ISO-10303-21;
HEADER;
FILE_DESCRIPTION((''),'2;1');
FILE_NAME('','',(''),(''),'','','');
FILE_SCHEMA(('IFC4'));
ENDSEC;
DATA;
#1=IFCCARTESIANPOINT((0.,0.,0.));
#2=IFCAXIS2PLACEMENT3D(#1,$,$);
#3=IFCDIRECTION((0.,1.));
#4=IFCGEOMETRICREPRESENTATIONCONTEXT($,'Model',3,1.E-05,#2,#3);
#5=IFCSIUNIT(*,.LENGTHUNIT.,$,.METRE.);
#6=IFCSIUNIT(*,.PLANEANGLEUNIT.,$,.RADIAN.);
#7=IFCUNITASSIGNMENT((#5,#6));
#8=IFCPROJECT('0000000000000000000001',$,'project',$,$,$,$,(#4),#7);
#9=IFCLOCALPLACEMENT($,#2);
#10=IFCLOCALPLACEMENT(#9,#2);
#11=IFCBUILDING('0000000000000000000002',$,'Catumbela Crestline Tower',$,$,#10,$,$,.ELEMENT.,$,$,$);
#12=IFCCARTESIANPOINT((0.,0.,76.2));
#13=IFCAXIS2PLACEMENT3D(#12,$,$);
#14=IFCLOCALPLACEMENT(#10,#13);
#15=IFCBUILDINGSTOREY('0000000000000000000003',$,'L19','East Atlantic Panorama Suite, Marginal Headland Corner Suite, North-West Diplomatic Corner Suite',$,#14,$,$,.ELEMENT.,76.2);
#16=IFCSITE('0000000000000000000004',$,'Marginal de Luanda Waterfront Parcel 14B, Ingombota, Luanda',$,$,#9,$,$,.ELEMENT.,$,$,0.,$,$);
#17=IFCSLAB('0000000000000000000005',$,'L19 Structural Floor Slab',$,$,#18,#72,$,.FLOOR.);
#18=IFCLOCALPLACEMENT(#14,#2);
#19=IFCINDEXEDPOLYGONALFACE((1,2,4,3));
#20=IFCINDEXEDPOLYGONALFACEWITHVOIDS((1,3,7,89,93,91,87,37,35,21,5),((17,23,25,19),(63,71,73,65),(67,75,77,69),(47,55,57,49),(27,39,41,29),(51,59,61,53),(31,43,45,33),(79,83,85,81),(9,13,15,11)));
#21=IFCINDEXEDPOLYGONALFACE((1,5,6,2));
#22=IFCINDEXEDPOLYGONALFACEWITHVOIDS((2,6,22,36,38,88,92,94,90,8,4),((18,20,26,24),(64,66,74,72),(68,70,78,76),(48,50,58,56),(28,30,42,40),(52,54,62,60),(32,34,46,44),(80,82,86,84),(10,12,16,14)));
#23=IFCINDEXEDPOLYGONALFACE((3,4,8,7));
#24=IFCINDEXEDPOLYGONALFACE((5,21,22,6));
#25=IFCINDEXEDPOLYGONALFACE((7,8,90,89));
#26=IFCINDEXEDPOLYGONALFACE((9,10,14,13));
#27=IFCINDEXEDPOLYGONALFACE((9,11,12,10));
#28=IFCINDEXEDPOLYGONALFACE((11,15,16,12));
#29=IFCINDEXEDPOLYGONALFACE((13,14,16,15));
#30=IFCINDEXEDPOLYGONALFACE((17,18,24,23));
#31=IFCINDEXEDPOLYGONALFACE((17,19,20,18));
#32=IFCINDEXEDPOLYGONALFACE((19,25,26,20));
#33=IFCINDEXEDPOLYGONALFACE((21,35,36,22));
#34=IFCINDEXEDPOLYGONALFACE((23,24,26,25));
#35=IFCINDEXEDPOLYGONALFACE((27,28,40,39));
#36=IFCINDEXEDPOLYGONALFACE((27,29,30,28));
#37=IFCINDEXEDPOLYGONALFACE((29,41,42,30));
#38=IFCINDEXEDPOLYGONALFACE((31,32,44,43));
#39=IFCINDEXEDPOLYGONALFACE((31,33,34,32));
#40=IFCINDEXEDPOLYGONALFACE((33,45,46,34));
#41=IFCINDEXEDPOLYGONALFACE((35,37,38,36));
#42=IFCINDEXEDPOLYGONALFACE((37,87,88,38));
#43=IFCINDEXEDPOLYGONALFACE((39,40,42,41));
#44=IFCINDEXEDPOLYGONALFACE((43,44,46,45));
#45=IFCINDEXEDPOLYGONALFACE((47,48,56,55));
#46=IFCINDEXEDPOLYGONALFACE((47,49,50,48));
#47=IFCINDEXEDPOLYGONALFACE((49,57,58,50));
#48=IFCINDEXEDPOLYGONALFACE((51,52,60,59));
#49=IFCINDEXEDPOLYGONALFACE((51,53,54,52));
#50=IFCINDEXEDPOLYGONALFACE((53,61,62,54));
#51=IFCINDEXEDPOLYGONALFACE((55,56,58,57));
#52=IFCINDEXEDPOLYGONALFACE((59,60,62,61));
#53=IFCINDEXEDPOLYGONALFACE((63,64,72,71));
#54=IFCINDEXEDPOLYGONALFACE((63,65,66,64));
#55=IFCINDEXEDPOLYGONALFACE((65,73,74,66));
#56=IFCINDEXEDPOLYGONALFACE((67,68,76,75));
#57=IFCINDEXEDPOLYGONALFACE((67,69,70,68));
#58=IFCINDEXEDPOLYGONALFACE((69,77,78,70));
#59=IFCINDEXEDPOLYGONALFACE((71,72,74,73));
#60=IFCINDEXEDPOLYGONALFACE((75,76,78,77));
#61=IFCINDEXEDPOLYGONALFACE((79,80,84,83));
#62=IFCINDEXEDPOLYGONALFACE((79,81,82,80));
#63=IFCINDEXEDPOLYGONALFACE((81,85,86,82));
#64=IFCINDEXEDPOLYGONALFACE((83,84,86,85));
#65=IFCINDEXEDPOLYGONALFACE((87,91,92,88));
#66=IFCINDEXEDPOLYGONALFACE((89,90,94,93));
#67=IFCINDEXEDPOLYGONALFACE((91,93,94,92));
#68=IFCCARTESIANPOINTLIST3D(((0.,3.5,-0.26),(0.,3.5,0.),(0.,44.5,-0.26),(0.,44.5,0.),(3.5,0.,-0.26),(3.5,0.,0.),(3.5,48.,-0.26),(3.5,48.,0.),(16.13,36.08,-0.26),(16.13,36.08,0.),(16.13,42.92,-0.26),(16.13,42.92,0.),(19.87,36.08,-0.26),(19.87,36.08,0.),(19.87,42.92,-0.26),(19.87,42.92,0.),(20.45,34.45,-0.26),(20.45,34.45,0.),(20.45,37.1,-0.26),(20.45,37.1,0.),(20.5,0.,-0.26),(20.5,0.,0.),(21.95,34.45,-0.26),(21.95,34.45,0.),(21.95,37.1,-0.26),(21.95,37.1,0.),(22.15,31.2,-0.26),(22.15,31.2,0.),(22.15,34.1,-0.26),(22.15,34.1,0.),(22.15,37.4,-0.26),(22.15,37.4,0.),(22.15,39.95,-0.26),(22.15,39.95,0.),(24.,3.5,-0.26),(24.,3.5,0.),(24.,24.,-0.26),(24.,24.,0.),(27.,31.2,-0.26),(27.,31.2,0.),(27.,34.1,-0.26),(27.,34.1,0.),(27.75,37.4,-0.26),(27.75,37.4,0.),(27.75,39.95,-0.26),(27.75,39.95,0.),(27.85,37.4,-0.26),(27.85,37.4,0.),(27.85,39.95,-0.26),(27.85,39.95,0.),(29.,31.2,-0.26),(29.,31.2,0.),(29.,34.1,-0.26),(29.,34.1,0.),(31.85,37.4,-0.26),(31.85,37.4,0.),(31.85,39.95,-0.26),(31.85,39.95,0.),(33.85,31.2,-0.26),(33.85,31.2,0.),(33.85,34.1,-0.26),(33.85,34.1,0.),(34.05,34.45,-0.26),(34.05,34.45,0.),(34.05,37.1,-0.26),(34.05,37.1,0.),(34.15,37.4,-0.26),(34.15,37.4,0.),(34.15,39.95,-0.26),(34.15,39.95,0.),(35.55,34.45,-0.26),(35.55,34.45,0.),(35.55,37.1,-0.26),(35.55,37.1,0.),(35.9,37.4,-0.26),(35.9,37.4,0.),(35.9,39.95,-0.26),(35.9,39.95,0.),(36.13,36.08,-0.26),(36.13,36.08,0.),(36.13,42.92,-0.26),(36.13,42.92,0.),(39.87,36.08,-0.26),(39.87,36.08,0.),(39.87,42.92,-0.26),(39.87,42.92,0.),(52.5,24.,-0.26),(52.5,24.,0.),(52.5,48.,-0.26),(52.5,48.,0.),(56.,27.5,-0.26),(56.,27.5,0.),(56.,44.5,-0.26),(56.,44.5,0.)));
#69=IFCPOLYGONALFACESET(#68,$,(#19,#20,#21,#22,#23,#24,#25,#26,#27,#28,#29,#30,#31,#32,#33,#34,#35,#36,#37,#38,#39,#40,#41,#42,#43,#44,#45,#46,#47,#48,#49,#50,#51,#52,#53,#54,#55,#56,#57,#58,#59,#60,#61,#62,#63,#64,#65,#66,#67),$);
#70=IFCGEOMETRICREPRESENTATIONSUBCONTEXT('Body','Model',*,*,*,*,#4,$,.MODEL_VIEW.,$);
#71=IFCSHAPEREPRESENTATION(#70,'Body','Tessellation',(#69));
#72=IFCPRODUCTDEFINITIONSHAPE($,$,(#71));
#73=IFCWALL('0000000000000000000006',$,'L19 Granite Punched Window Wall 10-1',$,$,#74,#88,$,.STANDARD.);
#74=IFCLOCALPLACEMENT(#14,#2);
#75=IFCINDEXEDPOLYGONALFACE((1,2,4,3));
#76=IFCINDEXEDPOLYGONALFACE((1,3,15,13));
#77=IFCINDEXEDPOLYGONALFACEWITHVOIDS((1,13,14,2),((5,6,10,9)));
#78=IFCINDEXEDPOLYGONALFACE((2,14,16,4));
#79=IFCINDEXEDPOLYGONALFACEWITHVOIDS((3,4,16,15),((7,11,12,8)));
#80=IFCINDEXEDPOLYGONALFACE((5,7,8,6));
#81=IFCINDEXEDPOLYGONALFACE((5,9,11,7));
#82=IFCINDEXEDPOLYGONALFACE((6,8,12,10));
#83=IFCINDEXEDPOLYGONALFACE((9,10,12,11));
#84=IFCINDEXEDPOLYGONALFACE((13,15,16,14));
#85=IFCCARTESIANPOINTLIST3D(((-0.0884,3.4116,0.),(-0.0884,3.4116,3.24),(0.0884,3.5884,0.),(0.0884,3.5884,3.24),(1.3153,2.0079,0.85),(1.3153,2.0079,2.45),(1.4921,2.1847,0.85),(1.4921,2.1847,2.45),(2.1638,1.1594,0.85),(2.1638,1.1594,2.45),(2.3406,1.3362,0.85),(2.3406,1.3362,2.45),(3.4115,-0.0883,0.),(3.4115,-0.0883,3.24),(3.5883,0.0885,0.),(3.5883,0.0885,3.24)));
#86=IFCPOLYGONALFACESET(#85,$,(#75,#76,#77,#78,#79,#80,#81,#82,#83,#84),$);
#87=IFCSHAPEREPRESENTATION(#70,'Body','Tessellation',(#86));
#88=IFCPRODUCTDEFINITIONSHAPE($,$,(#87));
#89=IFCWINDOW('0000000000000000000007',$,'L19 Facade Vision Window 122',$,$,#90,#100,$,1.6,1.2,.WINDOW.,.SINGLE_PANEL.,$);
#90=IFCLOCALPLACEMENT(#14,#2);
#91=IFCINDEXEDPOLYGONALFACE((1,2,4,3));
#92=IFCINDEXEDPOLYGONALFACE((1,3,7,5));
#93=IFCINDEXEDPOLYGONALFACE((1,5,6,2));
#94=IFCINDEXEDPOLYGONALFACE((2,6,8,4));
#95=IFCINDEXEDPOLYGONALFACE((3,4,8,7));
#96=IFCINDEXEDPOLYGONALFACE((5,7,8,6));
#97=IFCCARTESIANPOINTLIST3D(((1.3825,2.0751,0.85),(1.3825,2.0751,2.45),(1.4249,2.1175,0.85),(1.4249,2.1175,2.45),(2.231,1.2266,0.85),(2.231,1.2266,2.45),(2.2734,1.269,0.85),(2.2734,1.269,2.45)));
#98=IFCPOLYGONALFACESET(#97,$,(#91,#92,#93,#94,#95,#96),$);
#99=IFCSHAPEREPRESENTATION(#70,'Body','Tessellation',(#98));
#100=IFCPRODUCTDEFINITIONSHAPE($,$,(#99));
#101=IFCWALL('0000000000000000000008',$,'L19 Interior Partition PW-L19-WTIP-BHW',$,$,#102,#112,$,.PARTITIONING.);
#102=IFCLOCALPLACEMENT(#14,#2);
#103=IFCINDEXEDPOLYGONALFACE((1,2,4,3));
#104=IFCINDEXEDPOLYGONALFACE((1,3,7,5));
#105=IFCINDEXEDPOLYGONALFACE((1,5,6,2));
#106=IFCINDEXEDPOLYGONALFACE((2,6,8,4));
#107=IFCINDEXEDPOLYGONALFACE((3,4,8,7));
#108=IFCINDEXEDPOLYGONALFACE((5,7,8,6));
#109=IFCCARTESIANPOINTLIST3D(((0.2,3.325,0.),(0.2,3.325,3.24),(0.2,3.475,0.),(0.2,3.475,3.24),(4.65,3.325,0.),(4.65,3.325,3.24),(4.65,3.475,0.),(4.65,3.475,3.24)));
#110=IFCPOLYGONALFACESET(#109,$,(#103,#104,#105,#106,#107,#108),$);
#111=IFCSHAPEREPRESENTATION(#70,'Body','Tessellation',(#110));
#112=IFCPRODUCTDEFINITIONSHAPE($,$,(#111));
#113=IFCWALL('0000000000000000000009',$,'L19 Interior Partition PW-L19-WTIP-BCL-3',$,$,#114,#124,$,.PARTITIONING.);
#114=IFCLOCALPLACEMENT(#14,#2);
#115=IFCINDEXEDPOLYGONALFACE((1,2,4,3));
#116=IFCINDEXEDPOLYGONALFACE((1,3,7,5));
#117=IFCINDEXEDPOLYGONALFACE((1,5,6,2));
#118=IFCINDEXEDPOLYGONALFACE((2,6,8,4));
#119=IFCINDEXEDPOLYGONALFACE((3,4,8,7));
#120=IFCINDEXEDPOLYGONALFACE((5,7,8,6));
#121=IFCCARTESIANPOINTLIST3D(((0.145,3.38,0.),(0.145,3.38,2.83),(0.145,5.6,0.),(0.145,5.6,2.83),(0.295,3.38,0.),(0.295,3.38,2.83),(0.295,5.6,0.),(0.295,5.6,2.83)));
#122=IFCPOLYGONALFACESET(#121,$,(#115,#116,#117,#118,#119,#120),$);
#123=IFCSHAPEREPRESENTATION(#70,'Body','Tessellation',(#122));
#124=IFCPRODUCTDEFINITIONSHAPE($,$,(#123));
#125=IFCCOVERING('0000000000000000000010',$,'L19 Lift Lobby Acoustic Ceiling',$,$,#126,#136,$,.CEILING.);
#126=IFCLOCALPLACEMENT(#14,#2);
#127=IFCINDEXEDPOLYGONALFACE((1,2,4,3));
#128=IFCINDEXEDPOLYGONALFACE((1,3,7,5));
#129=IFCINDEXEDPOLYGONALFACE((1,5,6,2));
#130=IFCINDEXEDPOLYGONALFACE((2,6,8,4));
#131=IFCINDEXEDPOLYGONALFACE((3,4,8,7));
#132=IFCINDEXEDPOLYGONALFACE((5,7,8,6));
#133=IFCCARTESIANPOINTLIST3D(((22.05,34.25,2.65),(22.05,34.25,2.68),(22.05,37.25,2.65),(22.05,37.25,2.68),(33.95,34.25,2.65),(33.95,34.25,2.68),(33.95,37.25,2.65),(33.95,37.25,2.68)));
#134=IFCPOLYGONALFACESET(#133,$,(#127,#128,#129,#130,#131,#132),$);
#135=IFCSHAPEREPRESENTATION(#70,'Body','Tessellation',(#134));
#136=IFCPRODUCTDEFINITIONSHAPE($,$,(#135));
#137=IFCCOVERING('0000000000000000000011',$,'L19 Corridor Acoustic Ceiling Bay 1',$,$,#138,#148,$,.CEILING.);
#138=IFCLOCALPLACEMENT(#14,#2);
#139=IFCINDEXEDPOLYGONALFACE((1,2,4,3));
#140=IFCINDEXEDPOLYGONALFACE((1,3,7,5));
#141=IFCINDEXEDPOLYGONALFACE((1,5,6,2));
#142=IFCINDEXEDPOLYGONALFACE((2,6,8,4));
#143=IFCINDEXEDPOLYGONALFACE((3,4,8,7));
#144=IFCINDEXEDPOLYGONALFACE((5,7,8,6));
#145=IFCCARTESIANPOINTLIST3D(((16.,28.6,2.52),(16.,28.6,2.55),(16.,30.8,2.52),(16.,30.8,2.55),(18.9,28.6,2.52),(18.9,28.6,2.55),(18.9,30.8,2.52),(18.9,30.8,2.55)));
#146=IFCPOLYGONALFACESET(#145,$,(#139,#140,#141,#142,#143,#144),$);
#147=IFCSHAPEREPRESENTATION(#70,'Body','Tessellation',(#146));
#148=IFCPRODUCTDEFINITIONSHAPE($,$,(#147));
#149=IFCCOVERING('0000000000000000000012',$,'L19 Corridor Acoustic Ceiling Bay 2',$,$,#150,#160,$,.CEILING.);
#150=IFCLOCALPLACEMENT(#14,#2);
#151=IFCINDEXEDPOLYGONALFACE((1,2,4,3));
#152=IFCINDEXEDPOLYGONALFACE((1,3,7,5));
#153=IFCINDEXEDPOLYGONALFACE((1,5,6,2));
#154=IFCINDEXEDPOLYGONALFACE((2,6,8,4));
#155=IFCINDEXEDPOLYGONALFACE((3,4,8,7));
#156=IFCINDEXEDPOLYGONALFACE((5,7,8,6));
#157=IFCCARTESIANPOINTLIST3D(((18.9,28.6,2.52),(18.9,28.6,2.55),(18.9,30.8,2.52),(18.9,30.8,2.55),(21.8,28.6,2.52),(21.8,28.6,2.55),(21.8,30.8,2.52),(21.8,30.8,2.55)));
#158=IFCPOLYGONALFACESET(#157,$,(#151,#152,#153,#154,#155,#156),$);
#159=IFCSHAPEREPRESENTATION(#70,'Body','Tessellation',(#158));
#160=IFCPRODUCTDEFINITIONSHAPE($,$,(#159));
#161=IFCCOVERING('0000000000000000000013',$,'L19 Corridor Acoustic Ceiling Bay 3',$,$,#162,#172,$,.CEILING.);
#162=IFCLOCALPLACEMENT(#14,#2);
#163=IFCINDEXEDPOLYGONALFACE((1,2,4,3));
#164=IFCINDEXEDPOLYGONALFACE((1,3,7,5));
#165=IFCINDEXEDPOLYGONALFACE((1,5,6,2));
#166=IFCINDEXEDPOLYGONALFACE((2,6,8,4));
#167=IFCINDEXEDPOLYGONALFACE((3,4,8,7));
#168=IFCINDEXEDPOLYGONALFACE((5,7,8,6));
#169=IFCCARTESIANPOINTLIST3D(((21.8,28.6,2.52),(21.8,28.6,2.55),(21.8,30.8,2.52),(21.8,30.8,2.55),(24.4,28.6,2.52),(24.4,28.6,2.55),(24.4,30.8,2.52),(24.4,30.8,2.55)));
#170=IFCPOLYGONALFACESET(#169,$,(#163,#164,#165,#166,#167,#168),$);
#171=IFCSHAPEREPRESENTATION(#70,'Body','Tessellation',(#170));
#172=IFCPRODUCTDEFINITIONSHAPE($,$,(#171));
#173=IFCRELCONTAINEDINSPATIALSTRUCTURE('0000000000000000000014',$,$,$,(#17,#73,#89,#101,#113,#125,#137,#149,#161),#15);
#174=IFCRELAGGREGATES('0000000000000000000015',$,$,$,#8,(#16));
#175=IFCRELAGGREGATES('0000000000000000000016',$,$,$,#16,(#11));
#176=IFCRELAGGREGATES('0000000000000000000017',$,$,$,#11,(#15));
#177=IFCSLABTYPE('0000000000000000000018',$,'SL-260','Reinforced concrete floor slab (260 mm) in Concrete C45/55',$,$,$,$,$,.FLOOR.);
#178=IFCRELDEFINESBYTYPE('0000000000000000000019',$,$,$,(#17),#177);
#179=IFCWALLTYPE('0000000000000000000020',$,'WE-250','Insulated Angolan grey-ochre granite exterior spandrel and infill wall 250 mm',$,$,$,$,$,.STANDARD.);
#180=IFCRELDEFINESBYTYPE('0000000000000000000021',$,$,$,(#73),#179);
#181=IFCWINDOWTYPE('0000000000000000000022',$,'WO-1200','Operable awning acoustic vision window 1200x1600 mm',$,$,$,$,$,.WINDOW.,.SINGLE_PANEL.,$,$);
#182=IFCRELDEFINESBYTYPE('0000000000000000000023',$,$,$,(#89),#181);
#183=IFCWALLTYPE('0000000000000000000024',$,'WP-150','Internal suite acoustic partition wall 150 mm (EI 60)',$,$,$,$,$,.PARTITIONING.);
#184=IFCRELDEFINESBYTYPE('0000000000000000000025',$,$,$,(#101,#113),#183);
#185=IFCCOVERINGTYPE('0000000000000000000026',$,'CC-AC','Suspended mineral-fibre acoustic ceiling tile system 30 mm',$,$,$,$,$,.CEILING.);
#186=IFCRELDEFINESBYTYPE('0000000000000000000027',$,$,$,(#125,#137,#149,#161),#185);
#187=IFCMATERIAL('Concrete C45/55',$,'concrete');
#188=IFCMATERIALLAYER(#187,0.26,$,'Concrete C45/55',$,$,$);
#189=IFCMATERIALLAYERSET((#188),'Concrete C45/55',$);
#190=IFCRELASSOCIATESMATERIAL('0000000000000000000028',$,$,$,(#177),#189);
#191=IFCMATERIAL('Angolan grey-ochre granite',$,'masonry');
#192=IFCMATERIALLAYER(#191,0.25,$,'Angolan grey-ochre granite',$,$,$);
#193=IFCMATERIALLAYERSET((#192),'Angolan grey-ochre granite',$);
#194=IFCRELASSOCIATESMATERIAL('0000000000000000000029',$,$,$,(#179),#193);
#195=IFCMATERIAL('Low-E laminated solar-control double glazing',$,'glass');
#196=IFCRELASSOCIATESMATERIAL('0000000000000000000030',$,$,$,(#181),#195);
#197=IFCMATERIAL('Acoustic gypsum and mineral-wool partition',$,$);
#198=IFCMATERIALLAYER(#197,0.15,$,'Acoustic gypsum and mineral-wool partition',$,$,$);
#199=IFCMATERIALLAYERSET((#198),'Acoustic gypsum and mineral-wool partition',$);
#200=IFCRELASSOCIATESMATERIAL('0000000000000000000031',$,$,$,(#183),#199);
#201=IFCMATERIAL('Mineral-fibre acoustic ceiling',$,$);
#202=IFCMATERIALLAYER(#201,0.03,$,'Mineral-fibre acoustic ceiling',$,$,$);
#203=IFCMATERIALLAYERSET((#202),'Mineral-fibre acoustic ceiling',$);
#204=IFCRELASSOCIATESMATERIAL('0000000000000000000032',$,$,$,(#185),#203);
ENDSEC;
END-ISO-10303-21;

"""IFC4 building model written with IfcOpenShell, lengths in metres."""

from ifc_helpers import new_model, si_unit, direction, frame, frame_2d, origin, place, context, subcontext, project, spatial, polyline, rectangle, outline, extrude, material, layer, layer_set, type_object, element, fill, save


model = new_model("IFC4")

# Units and contexts
model_context = context("Model", 3, precision=1e-05, world=origin(), true_north=direction((0.0, 1.0)))
body_context = subcontext(model_context, "Body", "Model", "MODEL_VIEW")
ifc_project = project(units=[si_unit("LENGTHUNIT", "METRE"), si_unit("PLANEANGLEUNIT", "RADIAN")], contexts=[model_context])

# Site, building, storey
site_placement = place(None, origin())
site = spatial("IfcSite", under=ifc_project, at=site_placement, Name="Marginal de Luanda Waterfront Parcel 14B, Ingombota, Luanda", CompositionType="ELEMENT", RefElevation=0.0)
building_placement = place(site_placement, origin())
building = spatial("IfcBuilding", under=site, at=building_placement, Name="Catumbela Crestline Tower", CompositionType="ELEMENT")
storey_placement = place(building_placement, frame((0.0, 0.0, 76.2)))
storey = spatial("IfcBuildingStorey", under=building, at=storey_placement, Name="L19", Description="East Atlantic Panorama Suite, Marginal Headland Corner Suite, North-West Diplomatic Corner Suite", CompositionType="ELEMENT", Elevation=76.2)

# Shared definitions
ifc_material_1 = material(Name="Concrete C45/55", Category="concrete")

# Slab
ifc_layer_1 = layer(ifc_material_1, 0.26, Name="Concrete C45/55")
ifc_layer_set_1 = layer_set([ifc_layer_1], Name="Concrete C45/55")
slab_type_1 = type_object("IfcSlabType", Name="SL-260", Description="Reinforced concrete floor slab (260 mm) in Concrete C45/55", PredefinedType="FLOOR", material=ifc_layer_set_1)
slab_1_placement = place(storey_placement, frame((0.0, 0.0, -0.26)))
element("IfcSlab", 1, at=slab_1_placement, inside=storey, type_object=slab_type_1, Name="L19 Structural Floor Slab", PredefinedType="FLOOR", context=body_context, shape_type="SweptSolid", body=[
    extrude(outline(polyline([(3.5, 0.0), (20.5, 0.0), (24.0, 3.5), (24.0, 24.0), (52.5, 24.0), (56.0, 27.5), (56.0, 44.5), (52.5, 48.0), (3.5, 48.0), (0.0, 44.5), (0.0, 3.5), (3.5, 0.0)]), holes=[polyline([(16.13, 36.08), (19.87, 36.08), (19.87, 42.92), (16.13, 42.92), (16.13, 36.08)]), polyline([(36.13, 36.08), (39.87, 36.08), (39.87, 42.92), (36.13, 42.92), (36.13, 36.08)]), polyline([(22.15, 31.2), (27.0, 31.2), (27.0, 34.1), (22.15, 34.1), (22.15, 31.2)]), polyline([(29.0, 31.2), (33.85, 31.2), (33.85, 34.1), (29.0, 34.1), (29.0, 31.2)]), polyline([(22.15, 37.4), (27.75, 37.4), (27.75, 39.95), (22.15, 39.95), (22.15, 37.4)]), polyline([(27.85, 37.4), (31.85, 37.4), (31.85, 39.95), (27.85, 39.95), (27.85, 37.4)]), polyline([(20.45, 34.45), (21.95, 34.45), (21.95, 37.1), (20.45, 37.1), (20.45, 34.45)]), polyline([(34.05, 34.45), (35.55, 34.45), (35.55, 37.1), (34.05, 37.1), (34.05, 34.45)]), polyline([(34.15, 37.4), (35.9, 37.4), (35.9, 39.95), (34.15, 39.95), (34.15, 37.4)])]), origin(), (0.0, 0.0, 1.0), 0.26),
])

# Wall, opening, window
ifc_material_2 = material(Name="Angolan grey-ochre granite", Category="masonry")
ifc_layer_2 = layer(ifc_material_2, 0.25, Name="Angolan grey-ochre granite")
ifc_layer_set_2 = layer_set([ifc_layer_2], Name="Angolan grey-ochre granite")
wall_type_1 = type_object("IfcWallType", Name="WE-250", Description="Insulated Angolan grey-ochre granite exterior spandrel and infill wall 250 mm", PredefinedType="STANDARD", material=ifc_layer_set_2)
wall_1_placement = place(storey_placement, frame((0.0, 3.5, 0.0), z_axis=(0.0, 0.0, 1.0), x_axis=(0.707107, -0.707107, 0.0)))
wall_1 = element("IfcWall", 2, at=wall_1_placement, inside=storey, type_object=wall_type_1, Name="L19 Granite Punched Window Wall 10-1", PredefinedType="STANDARD", context=body_context, shape_type="SweptSolid", body=[
    extrude(rectangle(XDim=4.9497, YDim=0.25, at=frame_2d((2.4748, 0.0))), origin(), (0.0, 0.0, 1.0), 3.24),
])
opening_placement = place(wall_1_placement, frame((1.9851, 0.0, 0.85)))
opening = element("IfcOpeningElement", 3, at=opening_placement, cuts=wall_1, PredefinedType="OPENING", context=body_context, shape_type="SweptSolid", body=[
    extrude(rectangle(XDim=1.2, YDim=1.6, at=frame_2d((0.6, 0.8))), frame((0.0, 0.135, 0.0), z_axis=(0.0, -1.0, 0.0), x_axis=(1.0, 0.0, 0.0)), (0.0, 0.0, 1.0), 0.27),
])
ifc_material_3 = material(Name="Low-E laminated solar-control double glazing", Category="glass")
window_type = type_object("IfcWindowType", Name="WO-1200", Description="Operable awning acoustic vision window 1200x1600 mm", PartitioningType="SINGLE_PANEL", PredefinedType="WINDOW", material=ifc_material_3)
window_placement = place(opening_placement, origin())
window = element("IfcWindow", 4, at=window_placement, inside=storey, type_object=window_type, Name="L19 Facade Vision Window 122", OverallHeight=1.6, OverallWidth=1.2, PartitioningType="SINGLE_PANEL", PredefinedType="WINDOW", context=body_context, shape_type="SweptSolid", body=[
    extrude(rectangle(XDim=1.2, YDim=1.6, at=frame_2d((0.6, 0.8))), frame((0.0, 0.03, 0.0), z_axis=(0.0, -1.0, 0.0), x_axis=(1.0, 0.0, 0.0)), (0.0, 0.0, 1.0), 0.06),
])
fill(opening, window)

# Walls
ifc_material_4 = material(Name="Acoustic gypsum and mineral-wool partition")
ifc_layer_3 = layer(ifc_material_4, 0.15, Name="Acoustic gypsum and mineral-wool partition")
ifc_layer_set_3 = layer_set([ifc_layer_3], Name="Acoustic gypsum and mineral-wool partition")
wall_type_2 = type_object("IfcWallType", Name="WP-150", Description="Internal suite acoustic partition wall 150 mm (EI 60)", PredefinedType="PARTITIONING", material=ifc_layer_set_3)
wall_2_placement = place(storey_placement, frame((0.2, 3.4, 0.0), z_axis=(0.0, 0.0, 1.0), x_axis=(1.0, 0.0, 0.0)))
element("IfcWall", 5, at=wall_2_placement, inside=storey, type_object=wall_type_2, Name="L19 Interior Partition PW-L19-WTIP-BHW", PredefinedType="PARTITIONING", context=body_context, shape_type="SweptSolid", body=[
    extrude(rectangle(XDim=4.45, YDim=0.15, at=frame_2d((2.225, 0.0))), origin(), (0.0, 0.0, 1.0), 3.24),
])
wall_3_placement = place(storey_placement, frame((0.22, 3.38, 0.0), z_axis=(0.0, 0.0, 1.0), x_axis=(0.0, 1.0, 0.0)))
element("IfcWall", 6, at=wall_3_placement, inside=storey, type_object=wall_type_2, Name="L19 Interior Partition PW-L19-WTIP-BCL-3", PredefinedType="PARTITIONING", context=body_context, shape_type="SweptSolid", body=[
    extrude(rectangle(XDim=2.22, YDim=0.15, at=frame_2d((1.11, 0.0))), origin(), (0.0, 0.0, 1.0), 2.83),
])

# Coverings
ifc_material_5 = material(Name="Mineral-fibre acoustic ceiling")
ifc_layer_4 = layer(ifc_material_5, 0.03, Name="Mineral-fibre acoustic ceiling")
ifc_layer_set_4 = layer_set([ifc_layer_4], Name="Mineral-fibre acoustic ceiling")
covering_type_1 = type_object("IfcCoveringType", Name="CC-AC", Description="Suspended mineral-fibre acoustic ceiling tile system 30 mm", PredefinedType="CEILING", material=ifc_layer_set_4)
covering_1_placement = place(storey_placement, frame((0.0, 0.0, 2.65)))
element("IfcCovering", 7, at=covering_1_placement, inside=storey, type_object=covering_type_1, Name="L19 Lift Lobby Acoustic Ceiling", PredefinedType="CEILING", context=body_context, shape_type="SweptSolid", body=[
    extrude(outline(polyline([(22.05, 34.25), (33.95, 34.25), (33.95, 37.25), (22.05, 37.25), (22.05, 34.25)])), origin(), (0.0, 0.0, 1.0), 0.03),
])
covering_2_placement = place(storey_placement, frame((0.0, 0.0, 2.52)))
element("IfcCovering", 8, at=covering_2_placement, inside=storey, type_object=covering_type_1, Name="L19 Corridor Acoustic Ceiling Bay 1", PredefinedType="CEILING", context=body_context, shape_type="SweptSolid", body=[
    extrude(outline(polyline([(16.0, 28.6), (18.9, 28.6), (18.9, 30.8), (16.0, 30.8), (16.0, 28.6)])), origin(), (0.0, 0.0, 1.0), 0.03),
])
covering_3_placement = place(storey_placement, frame((0.0, 0.0, 2.52)))
element("IfcCovering", 9, at=covering_3_placement, inside=storey, type_object=covering_type_1, Name="L19 Corridor Acoustic Ceiling Bay 2", PredefinedType="CEILING", context=body_context, shape_type="SweptSolid", body=[
    extrude(outline(polyline([(18.9, 28.6), (21.8, 28.6), (21.8, 30.8), (18.9, 30.8), (18.9, 28.6)])), origin(), (0.0, 0.0, 1.0), 0.03),
])
covering_4_placement = place(storey_placement, frame((0.0, 0.0, 2.52)))
element("IfcCovering", 10, at=covering_4_placement, inside=storey, type_object=covering_type_1, Name="L19 Corridor Acoustic Ceiling Bay 3", PredefinedType="CEILING", context=body_context, shape_type="SweptSolid", body=[
    extrude(outline(polyline([(21.8, 28.6), (24.4, 28.6), (24.4, 30.8), (21.8, 30.8), (21.8, 28.6)])), origin(), (0.0, 0.0, 1.0), 0.03),
])

save(model, "model.ifc")
